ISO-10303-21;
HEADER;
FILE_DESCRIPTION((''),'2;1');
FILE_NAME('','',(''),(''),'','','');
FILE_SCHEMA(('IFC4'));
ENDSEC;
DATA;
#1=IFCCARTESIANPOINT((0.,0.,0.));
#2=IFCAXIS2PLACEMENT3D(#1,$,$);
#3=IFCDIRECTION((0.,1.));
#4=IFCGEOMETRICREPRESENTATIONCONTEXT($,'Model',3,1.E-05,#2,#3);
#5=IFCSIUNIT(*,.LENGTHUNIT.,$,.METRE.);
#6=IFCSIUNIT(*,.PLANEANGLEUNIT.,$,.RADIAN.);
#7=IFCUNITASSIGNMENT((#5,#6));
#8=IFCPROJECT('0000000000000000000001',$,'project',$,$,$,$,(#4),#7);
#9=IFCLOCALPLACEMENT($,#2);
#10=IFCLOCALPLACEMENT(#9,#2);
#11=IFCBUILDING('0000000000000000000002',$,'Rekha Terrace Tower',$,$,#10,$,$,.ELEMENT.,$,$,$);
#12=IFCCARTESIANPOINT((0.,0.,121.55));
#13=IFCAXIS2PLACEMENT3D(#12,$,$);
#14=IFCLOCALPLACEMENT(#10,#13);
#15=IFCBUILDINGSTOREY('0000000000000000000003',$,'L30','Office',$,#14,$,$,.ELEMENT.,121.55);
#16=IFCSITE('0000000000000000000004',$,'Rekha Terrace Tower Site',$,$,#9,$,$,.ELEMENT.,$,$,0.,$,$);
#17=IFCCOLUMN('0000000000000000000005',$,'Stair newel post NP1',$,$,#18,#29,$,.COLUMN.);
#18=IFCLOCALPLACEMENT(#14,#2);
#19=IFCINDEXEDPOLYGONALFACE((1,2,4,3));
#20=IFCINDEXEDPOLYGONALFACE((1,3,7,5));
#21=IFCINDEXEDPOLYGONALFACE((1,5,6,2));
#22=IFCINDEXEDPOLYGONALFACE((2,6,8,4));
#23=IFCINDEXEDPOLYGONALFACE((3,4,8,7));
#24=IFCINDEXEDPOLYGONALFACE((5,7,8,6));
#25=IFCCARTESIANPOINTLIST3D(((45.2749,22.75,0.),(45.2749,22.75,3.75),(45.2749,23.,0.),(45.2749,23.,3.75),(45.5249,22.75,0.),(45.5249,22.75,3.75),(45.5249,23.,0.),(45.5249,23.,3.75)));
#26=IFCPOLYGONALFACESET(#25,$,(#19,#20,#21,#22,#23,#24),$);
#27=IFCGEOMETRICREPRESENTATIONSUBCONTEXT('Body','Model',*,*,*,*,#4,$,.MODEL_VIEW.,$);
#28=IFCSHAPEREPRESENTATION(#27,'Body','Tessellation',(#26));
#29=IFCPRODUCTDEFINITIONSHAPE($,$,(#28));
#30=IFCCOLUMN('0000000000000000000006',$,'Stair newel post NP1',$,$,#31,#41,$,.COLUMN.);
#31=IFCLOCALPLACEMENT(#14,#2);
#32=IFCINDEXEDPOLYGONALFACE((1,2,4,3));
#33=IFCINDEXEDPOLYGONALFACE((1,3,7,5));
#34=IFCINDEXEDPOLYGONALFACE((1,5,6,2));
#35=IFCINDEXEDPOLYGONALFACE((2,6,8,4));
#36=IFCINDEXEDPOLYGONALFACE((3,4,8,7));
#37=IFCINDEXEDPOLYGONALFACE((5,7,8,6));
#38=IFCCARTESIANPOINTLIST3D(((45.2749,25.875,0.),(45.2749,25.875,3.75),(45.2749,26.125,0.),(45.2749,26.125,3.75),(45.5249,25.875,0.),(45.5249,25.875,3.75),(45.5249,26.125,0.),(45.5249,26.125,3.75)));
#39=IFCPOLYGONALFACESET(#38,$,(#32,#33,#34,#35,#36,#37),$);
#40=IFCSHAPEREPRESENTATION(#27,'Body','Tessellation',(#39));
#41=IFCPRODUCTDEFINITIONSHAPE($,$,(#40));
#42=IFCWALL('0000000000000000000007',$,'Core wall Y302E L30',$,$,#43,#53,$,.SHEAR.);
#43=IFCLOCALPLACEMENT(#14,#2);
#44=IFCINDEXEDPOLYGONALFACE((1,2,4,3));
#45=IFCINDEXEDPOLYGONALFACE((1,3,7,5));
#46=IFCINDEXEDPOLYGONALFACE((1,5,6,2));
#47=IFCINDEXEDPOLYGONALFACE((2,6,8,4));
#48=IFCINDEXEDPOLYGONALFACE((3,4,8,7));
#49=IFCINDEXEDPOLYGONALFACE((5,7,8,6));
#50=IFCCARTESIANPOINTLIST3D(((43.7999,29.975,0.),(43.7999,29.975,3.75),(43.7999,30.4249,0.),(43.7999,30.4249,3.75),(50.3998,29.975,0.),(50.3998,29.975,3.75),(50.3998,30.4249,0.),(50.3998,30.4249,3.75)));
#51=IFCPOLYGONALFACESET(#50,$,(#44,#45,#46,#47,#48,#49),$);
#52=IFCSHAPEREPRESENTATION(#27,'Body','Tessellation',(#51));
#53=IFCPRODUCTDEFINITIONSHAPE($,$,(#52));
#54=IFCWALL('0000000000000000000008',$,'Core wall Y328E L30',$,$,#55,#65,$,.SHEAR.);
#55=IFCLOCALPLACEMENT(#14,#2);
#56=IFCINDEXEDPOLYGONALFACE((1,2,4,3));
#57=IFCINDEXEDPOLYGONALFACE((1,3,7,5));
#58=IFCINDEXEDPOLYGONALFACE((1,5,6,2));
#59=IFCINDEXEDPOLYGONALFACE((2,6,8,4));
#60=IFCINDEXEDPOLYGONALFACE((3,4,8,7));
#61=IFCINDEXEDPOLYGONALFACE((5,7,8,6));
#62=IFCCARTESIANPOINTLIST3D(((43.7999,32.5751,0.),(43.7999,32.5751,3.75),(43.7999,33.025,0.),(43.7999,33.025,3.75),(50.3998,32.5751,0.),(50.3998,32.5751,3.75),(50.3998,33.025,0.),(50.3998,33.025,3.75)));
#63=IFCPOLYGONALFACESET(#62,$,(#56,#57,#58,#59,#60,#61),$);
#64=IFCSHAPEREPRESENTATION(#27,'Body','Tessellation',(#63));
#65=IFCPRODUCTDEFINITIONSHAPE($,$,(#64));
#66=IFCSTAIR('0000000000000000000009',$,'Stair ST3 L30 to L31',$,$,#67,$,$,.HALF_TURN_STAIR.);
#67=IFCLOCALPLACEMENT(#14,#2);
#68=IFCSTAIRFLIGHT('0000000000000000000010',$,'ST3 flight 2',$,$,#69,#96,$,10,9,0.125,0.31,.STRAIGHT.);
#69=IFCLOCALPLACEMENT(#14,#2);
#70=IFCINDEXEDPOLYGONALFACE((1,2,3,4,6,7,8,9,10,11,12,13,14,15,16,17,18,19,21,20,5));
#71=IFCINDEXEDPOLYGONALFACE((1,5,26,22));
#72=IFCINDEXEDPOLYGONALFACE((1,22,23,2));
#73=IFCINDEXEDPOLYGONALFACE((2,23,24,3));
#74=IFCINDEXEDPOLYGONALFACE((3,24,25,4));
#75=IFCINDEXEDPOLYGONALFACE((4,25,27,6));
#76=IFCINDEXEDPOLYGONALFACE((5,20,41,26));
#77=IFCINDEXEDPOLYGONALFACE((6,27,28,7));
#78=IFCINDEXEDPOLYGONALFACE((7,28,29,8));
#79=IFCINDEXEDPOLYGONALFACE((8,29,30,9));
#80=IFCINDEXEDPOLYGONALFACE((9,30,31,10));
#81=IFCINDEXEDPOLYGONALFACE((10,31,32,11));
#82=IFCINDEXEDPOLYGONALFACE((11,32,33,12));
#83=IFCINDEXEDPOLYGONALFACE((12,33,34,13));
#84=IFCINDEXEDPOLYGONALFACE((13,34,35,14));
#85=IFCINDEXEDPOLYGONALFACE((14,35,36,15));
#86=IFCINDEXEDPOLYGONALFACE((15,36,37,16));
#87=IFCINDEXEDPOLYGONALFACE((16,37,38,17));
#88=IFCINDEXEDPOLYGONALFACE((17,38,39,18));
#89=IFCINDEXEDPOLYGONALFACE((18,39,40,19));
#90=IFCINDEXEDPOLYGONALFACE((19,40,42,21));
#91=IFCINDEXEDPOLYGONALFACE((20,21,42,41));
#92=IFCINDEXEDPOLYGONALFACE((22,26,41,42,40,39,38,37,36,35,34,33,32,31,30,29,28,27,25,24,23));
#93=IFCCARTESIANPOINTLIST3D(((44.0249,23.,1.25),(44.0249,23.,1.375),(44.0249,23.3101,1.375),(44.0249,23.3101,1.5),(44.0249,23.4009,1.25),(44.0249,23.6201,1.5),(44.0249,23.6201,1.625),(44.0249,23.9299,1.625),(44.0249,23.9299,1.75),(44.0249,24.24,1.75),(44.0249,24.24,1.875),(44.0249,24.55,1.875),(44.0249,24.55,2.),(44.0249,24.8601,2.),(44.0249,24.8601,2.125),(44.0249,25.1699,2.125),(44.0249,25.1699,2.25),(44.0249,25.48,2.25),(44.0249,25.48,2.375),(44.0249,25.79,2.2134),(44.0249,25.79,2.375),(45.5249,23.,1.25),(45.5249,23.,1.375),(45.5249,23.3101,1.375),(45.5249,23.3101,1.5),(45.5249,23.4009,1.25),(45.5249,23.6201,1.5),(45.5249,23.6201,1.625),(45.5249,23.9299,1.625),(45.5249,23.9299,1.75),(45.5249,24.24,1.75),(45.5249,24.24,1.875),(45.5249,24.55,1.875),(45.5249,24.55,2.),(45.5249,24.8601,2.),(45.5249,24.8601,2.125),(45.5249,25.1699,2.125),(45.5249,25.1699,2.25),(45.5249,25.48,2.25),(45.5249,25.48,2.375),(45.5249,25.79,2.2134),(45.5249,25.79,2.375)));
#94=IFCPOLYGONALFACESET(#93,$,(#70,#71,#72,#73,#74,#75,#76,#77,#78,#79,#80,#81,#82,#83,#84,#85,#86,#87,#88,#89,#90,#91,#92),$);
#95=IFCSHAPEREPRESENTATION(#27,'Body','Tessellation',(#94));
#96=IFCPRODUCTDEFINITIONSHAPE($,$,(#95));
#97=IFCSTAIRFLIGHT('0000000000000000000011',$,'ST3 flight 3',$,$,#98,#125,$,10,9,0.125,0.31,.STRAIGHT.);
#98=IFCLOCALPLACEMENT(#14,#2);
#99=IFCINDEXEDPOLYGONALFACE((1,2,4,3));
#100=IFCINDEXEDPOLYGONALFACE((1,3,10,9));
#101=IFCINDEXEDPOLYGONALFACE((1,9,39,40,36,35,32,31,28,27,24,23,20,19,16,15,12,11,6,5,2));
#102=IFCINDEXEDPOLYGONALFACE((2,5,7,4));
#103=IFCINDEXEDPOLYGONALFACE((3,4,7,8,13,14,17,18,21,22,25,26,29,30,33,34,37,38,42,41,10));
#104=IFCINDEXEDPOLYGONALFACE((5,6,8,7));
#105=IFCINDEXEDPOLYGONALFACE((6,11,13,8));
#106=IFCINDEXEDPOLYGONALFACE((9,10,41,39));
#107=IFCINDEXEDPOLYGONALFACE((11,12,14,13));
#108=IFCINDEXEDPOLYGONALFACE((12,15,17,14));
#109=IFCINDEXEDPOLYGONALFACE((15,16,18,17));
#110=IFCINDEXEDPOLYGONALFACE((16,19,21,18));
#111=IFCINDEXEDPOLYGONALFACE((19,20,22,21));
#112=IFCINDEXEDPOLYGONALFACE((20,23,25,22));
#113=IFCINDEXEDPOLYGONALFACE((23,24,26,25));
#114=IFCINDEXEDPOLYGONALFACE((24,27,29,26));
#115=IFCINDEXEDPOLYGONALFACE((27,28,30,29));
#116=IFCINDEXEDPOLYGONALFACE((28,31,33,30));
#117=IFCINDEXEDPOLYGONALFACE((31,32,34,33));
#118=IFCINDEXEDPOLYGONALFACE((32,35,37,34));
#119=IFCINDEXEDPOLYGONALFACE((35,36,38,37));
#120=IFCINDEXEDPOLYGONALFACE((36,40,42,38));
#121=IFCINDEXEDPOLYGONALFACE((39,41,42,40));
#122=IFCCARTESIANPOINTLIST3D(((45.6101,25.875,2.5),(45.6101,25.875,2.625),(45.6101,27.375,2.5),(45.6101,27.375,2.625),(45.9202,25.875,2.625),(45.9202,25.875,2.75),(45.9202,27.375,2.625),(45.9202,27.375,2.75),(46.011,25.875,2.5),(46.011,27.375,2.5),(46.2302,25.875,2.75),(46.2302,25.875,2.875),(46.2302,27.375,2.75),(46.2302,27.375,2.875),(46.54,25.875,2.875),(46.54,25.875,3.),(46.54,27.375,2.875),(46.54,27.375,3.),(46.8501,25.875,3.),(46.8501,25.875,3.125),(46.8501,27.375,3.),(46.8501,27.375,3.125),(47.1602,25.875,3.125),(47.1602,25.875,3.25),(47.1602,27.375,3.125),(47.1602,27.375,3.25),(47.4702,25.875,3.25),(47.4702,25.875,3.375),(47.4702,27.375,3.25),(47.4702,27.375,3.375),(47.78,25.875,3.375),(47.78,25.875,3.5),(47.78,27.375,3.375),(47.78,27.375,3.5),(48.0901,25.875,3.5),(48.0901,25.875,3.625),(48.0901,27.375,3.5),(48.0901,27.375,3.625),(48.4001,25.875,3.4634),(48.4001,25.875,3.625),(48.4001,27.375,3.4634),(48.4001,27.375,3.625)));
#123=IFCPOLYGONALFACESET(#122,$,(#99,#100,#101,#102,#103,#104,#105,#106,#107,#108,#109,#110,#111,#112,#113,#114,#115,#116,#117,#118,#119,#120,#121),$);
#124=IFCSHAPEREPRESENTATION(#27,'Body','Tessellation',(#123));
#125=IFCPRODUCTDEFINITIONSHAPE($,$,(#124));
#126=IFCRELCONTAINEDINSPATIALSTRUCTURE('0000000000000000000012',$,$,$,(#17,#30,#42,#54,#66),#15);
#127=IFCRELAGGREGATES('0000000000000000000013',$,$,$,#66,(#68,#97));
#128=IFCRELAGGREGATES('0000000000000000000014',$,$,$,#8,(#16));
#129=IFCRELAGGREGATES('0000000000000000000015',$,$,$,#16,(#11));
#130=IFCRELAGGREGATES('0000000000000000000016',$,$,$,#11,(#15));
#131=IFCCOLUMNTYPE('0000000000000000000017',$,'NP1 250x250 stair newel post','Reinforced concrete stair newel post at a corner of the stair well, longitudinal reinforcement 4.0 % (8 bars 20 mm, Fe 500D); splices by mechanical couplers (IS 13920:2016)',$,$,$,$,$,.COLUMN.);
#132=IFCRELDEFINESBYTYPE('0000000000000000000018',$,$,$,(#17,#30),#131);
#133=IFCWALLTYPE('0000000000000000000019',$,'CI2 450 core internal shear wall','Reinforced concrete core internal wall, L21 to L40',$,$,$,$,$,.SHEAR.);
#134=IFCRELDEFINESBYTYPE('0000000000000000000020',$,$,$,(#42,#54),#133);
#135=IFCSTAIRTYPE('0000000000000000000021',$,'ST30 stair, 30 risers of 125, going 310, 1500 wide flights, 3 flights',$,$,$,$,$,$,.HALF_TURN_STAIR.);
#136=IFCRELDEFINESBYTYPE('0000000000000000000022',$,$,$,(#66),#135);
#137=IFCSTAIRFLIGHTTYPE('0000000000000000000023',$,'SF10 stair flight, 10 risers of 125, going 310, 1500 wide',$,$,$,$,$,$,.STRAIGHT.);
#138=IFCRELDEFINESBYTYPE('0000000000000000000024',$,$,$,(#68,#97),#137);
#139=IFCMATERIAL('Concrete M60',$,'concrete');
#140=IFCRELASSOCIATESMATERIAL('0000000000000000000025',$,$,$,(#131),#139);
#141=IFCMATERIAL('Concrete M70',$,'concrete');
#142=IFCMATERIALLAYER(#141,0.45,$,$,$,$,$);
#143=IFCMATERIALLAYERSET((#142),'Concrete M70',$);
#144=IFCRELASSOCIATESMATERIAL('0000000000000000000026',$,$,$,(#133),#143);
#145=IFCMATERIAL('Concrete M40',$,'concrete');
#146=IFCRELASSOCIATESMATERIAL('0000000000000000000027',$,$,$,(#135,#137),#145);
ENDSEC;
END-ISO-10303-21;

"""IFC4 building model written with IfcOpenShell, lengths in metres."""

from ifc_helpers import new_model, si_unit, direction, frame, frame_2d, origin, origin_2d, place, context, subcontext, project, spatial, polyline, rectangle, outline, extrude, material, layer, layer_set, material_profile, profile_set, type_object, element, aggregate, save


model = new_model("IFC4")

# Units and contexts
model_context = context("Model", 3, precision=1e-05, world=origin(), true_north=direction((0.0, 1.0)))
body_context = subcontext(model_context, "Body", "Model", "MODEL_VIEW")
ifc_project = project(units=[si_unit("LENGTHUNIT", "METRE"), si_unit("PLANEANGLEUNIT", "RADIAN")], contexts=[model_context])

# Site, building, storey
site_placement = place(None, origin())
site = spatial("IfcSite", under=ifc_project, at=site_placement, Name="Rekha Terrace Tower Site", CompositionType="ELEMENT", RefElevation=0.0)
building_placement = place(site_placement, origin())
building = spatial("IfcBuilding", under=site, at=building_placement, Name="Rekha Terrace Tower", CompositionType="ELEMENT")
storey_placement = place(building_placement, frame((0.0, 0.0, 121.55)))
storey = spatial("IfcBuildingStorey", under=building, at=storey_placement, Name="L30", Description="Office", CompositionType="ELEMENT", Elevation=121.55)

# Columns
ifc_material_1 = material(Name="Concrete M60", Category="concrete")
ifc_material_profile = material_profile(ifc_material_1, rectangle(XDim=0.25, YDim=0.25, at=origin_2d()), Name="RC 250x250")
ifc_profile_set = profile_set([ifc_material_profile], Name="Concrete M60")
column_type = type_object("IfcColumnType", Name="NP1 250x250 stair newel post", Description="Reinforced concrete stair newel post at a corner of the stair well, longitudinal reinforcement 4.0 % (8 bars 20 mm, Fe 500D); splices by mechanical couplers (IS 13920:2016)", PredefinedType="COLUMN", material=ifc_profile_set)
for number, where, z_axis, x_axis, name in (
    (1, (45.3999, 22.875, 0.0), (0.0, 0.0, 1.0), (1.0, 0.0, 0.0), "Stair newel post NP1"),
    (2, (45.3999, 26.0, 0.0), (0.0, 0.0, 1.0), (1.0, 0.0, 0.0), "Stair newel post NP1"),
):
    element("IfcColumn", number, at=place(storey_placement, frame(where, z_axis=z_axis, x_axis=x_axis)), inside=storey, type_object=column_type, Name=name, PredefinedType="COLUMN", context=body_context, shape_type="SweptSolid", body=[
        extrude(rectangle(XDim=0.25, YDim=0.25, at=origin_2d()), origin(), (0.0, 0.0, 1.0), 3.75),
    ])

# Walls
ifc_material_2 = material(Name="Concrete M70", Category="concrete")
ifc_layer = layer(ifc_material_2, 0.45)
ifc_layer_set = layer_set([ifc_layer], Name="Concrete M70")
wall_type = type_object("IfcWallType", Name="CI2 450 core internal shear wall", Description="Reinforced concrete core internal wall, L21 to L40", PredefinedType="SHEAR", material=ifc_layer_set)
for number, where, z_axis, x_axis, name in (
    (3, (43.8, 30.2, 0.0), (0.0, 0.0, 1.0), (1.0, 0.0, 0.0), "Core wall Y302E L30"),
    (4, (43.8, 32.8, 0.0), (0.0, 0.0, 1.0), (1.0, 0.0, 0.0), "Core wall Y328E L30"),
):
    element("IfcWall", number, at=place(storey_placement, frame(where, z_axis=z_axis, x_axis=x_axis)), inside=storey, type_object=wall_type, Name=name, PredefinedType="SHEAR", context=body_context, shape_type="SweptSolid", body=[
        extrude(rectangle(XDim=6.5999, YDim=0.45, at=frame_2d((3.2998, 0.0))), origin(), (0.0, 0.0, 1.0), 3.75),
    ])

# Stair, stair flights
ifc_material_3 = material(Name="Concrete M40", Category="concrete")
stair_type = type_object("IfcStairType", Name="ST30 stair, 30 risers of 125, going 310, 1500 wide flights, 3 flights", PredefinedType="HALF_TURN_STAIR", material=ifc_material_3)
stair_placement = place(storey_placement, origin())
stair = element("IfcStair", 5, at=stair_placement, inside=storey, type_object=stair_type, Name="Stair ST3 L30 to L31", PredefinedType="HALF_TURN_STAIR")
stair_flight_type = type_object("IfcStairFlightType", Name="SF10 stair flight, 10 risers of 125, going 310, 1500 wide", PredefinedType="STRAIGHT", material=ifc_material_3)
stair_flight_1_placement = place(storey_placement, frame((44.7749, 23.0, 1.25), z_axis=(0.0, 0.0, 1.0), x_axis=(0.0, 1.0, 0.0)))
stair_flight_1 = element("IfcStairFlight", 6, at=stair_flight_1_placement, type_object=stair_flight_type, Name="ST3 flight 2", NumberOfRisers=10, NumberOfTreads=9, PredefinedType="STRAIGHT", RiserHeight=0.125, TreadLength=0.31, context=body_context, shape_type="SweptSolid", body=[
    extrude(outline(polyline([(0.0, 0.0), (0.0, 0.125), (0.3101, 0.125), (0.3101, 0.25), (0.6201, 0.25), (0.6201, 0.375), (0.9299, 0.375), (0.9299, 0.5), (1.24, 0.5), (1.24, 0.625), (1.55, 0.625), (1.55, 0.75), (1.8601, 0.75), (1.8601, 0.875), (2.1699, 0.875), (2.1699, 1.0), (2.48, 1.0), (2.48, 1.125), (2.79, 1.125), (2.79, 1.25), (2.79, 0.9634), (0.4009, 0.0), (0.0, 0.0)])), frame((0.0, 0.75, 0.0), z_axis=(0.0, -1.0, 0.0), x_axis=(1.0, 0.0, 0.0)), (0.0, 0.0, 1.0), 1.5),
])
stair_flight_2_placement = place(storey_placement, frame((45.6101, 26.625, 2.5), z_axis=(0.0, 0.0, 1.0), x_axis=(1.0, 0.0, 0.0)))
stair_flight_2 = element("IfcStairFlight", 7, at=stair_flight_2_placement, type_object=stair_flight_type, Name="ST3 flight 3", NumberOfRisers=10, NumberOfTreads=9, PredefinedType="STRAIGHT", RiserHeight=0.125, TreadLength=0.31, context=body_context, shape_type="SweptSolid", body=[
    extrude(outline(polyline([(0.0, 0.0), (0.0, 0.125), (0.3101, 0.125), (0.3101, 0.25), (0.6201, 0.25), (0.6201, 0.375), (0.9299, 0.375), (0.9299, 0.5), (1.24, 0.5), (1.24, 0.625), (1.55, 0.625), (1.55, 0.75), (1.8601, 0.75), (1.8601, 0.875), (2.1699, 0.875), (2.1699, 1.0), (2.48, 1.0), (2.48, 1.125), (2.79, 1.125), (2.79, 1.25), (2.79, 0.9634), (0.4009, 0.0), (0.0, 0.0)])), frame((0.0, 0.75, 0.0), z_axis=(0.0, -1.0, 0.0), x_axis=(1.0, 0.0, 0.0)), (0.0, 0.0, 1.0), 1.5),
])
aggregate(stair, [stair_flight_1, stair_flight_2])

save(model, "model.ifc")
